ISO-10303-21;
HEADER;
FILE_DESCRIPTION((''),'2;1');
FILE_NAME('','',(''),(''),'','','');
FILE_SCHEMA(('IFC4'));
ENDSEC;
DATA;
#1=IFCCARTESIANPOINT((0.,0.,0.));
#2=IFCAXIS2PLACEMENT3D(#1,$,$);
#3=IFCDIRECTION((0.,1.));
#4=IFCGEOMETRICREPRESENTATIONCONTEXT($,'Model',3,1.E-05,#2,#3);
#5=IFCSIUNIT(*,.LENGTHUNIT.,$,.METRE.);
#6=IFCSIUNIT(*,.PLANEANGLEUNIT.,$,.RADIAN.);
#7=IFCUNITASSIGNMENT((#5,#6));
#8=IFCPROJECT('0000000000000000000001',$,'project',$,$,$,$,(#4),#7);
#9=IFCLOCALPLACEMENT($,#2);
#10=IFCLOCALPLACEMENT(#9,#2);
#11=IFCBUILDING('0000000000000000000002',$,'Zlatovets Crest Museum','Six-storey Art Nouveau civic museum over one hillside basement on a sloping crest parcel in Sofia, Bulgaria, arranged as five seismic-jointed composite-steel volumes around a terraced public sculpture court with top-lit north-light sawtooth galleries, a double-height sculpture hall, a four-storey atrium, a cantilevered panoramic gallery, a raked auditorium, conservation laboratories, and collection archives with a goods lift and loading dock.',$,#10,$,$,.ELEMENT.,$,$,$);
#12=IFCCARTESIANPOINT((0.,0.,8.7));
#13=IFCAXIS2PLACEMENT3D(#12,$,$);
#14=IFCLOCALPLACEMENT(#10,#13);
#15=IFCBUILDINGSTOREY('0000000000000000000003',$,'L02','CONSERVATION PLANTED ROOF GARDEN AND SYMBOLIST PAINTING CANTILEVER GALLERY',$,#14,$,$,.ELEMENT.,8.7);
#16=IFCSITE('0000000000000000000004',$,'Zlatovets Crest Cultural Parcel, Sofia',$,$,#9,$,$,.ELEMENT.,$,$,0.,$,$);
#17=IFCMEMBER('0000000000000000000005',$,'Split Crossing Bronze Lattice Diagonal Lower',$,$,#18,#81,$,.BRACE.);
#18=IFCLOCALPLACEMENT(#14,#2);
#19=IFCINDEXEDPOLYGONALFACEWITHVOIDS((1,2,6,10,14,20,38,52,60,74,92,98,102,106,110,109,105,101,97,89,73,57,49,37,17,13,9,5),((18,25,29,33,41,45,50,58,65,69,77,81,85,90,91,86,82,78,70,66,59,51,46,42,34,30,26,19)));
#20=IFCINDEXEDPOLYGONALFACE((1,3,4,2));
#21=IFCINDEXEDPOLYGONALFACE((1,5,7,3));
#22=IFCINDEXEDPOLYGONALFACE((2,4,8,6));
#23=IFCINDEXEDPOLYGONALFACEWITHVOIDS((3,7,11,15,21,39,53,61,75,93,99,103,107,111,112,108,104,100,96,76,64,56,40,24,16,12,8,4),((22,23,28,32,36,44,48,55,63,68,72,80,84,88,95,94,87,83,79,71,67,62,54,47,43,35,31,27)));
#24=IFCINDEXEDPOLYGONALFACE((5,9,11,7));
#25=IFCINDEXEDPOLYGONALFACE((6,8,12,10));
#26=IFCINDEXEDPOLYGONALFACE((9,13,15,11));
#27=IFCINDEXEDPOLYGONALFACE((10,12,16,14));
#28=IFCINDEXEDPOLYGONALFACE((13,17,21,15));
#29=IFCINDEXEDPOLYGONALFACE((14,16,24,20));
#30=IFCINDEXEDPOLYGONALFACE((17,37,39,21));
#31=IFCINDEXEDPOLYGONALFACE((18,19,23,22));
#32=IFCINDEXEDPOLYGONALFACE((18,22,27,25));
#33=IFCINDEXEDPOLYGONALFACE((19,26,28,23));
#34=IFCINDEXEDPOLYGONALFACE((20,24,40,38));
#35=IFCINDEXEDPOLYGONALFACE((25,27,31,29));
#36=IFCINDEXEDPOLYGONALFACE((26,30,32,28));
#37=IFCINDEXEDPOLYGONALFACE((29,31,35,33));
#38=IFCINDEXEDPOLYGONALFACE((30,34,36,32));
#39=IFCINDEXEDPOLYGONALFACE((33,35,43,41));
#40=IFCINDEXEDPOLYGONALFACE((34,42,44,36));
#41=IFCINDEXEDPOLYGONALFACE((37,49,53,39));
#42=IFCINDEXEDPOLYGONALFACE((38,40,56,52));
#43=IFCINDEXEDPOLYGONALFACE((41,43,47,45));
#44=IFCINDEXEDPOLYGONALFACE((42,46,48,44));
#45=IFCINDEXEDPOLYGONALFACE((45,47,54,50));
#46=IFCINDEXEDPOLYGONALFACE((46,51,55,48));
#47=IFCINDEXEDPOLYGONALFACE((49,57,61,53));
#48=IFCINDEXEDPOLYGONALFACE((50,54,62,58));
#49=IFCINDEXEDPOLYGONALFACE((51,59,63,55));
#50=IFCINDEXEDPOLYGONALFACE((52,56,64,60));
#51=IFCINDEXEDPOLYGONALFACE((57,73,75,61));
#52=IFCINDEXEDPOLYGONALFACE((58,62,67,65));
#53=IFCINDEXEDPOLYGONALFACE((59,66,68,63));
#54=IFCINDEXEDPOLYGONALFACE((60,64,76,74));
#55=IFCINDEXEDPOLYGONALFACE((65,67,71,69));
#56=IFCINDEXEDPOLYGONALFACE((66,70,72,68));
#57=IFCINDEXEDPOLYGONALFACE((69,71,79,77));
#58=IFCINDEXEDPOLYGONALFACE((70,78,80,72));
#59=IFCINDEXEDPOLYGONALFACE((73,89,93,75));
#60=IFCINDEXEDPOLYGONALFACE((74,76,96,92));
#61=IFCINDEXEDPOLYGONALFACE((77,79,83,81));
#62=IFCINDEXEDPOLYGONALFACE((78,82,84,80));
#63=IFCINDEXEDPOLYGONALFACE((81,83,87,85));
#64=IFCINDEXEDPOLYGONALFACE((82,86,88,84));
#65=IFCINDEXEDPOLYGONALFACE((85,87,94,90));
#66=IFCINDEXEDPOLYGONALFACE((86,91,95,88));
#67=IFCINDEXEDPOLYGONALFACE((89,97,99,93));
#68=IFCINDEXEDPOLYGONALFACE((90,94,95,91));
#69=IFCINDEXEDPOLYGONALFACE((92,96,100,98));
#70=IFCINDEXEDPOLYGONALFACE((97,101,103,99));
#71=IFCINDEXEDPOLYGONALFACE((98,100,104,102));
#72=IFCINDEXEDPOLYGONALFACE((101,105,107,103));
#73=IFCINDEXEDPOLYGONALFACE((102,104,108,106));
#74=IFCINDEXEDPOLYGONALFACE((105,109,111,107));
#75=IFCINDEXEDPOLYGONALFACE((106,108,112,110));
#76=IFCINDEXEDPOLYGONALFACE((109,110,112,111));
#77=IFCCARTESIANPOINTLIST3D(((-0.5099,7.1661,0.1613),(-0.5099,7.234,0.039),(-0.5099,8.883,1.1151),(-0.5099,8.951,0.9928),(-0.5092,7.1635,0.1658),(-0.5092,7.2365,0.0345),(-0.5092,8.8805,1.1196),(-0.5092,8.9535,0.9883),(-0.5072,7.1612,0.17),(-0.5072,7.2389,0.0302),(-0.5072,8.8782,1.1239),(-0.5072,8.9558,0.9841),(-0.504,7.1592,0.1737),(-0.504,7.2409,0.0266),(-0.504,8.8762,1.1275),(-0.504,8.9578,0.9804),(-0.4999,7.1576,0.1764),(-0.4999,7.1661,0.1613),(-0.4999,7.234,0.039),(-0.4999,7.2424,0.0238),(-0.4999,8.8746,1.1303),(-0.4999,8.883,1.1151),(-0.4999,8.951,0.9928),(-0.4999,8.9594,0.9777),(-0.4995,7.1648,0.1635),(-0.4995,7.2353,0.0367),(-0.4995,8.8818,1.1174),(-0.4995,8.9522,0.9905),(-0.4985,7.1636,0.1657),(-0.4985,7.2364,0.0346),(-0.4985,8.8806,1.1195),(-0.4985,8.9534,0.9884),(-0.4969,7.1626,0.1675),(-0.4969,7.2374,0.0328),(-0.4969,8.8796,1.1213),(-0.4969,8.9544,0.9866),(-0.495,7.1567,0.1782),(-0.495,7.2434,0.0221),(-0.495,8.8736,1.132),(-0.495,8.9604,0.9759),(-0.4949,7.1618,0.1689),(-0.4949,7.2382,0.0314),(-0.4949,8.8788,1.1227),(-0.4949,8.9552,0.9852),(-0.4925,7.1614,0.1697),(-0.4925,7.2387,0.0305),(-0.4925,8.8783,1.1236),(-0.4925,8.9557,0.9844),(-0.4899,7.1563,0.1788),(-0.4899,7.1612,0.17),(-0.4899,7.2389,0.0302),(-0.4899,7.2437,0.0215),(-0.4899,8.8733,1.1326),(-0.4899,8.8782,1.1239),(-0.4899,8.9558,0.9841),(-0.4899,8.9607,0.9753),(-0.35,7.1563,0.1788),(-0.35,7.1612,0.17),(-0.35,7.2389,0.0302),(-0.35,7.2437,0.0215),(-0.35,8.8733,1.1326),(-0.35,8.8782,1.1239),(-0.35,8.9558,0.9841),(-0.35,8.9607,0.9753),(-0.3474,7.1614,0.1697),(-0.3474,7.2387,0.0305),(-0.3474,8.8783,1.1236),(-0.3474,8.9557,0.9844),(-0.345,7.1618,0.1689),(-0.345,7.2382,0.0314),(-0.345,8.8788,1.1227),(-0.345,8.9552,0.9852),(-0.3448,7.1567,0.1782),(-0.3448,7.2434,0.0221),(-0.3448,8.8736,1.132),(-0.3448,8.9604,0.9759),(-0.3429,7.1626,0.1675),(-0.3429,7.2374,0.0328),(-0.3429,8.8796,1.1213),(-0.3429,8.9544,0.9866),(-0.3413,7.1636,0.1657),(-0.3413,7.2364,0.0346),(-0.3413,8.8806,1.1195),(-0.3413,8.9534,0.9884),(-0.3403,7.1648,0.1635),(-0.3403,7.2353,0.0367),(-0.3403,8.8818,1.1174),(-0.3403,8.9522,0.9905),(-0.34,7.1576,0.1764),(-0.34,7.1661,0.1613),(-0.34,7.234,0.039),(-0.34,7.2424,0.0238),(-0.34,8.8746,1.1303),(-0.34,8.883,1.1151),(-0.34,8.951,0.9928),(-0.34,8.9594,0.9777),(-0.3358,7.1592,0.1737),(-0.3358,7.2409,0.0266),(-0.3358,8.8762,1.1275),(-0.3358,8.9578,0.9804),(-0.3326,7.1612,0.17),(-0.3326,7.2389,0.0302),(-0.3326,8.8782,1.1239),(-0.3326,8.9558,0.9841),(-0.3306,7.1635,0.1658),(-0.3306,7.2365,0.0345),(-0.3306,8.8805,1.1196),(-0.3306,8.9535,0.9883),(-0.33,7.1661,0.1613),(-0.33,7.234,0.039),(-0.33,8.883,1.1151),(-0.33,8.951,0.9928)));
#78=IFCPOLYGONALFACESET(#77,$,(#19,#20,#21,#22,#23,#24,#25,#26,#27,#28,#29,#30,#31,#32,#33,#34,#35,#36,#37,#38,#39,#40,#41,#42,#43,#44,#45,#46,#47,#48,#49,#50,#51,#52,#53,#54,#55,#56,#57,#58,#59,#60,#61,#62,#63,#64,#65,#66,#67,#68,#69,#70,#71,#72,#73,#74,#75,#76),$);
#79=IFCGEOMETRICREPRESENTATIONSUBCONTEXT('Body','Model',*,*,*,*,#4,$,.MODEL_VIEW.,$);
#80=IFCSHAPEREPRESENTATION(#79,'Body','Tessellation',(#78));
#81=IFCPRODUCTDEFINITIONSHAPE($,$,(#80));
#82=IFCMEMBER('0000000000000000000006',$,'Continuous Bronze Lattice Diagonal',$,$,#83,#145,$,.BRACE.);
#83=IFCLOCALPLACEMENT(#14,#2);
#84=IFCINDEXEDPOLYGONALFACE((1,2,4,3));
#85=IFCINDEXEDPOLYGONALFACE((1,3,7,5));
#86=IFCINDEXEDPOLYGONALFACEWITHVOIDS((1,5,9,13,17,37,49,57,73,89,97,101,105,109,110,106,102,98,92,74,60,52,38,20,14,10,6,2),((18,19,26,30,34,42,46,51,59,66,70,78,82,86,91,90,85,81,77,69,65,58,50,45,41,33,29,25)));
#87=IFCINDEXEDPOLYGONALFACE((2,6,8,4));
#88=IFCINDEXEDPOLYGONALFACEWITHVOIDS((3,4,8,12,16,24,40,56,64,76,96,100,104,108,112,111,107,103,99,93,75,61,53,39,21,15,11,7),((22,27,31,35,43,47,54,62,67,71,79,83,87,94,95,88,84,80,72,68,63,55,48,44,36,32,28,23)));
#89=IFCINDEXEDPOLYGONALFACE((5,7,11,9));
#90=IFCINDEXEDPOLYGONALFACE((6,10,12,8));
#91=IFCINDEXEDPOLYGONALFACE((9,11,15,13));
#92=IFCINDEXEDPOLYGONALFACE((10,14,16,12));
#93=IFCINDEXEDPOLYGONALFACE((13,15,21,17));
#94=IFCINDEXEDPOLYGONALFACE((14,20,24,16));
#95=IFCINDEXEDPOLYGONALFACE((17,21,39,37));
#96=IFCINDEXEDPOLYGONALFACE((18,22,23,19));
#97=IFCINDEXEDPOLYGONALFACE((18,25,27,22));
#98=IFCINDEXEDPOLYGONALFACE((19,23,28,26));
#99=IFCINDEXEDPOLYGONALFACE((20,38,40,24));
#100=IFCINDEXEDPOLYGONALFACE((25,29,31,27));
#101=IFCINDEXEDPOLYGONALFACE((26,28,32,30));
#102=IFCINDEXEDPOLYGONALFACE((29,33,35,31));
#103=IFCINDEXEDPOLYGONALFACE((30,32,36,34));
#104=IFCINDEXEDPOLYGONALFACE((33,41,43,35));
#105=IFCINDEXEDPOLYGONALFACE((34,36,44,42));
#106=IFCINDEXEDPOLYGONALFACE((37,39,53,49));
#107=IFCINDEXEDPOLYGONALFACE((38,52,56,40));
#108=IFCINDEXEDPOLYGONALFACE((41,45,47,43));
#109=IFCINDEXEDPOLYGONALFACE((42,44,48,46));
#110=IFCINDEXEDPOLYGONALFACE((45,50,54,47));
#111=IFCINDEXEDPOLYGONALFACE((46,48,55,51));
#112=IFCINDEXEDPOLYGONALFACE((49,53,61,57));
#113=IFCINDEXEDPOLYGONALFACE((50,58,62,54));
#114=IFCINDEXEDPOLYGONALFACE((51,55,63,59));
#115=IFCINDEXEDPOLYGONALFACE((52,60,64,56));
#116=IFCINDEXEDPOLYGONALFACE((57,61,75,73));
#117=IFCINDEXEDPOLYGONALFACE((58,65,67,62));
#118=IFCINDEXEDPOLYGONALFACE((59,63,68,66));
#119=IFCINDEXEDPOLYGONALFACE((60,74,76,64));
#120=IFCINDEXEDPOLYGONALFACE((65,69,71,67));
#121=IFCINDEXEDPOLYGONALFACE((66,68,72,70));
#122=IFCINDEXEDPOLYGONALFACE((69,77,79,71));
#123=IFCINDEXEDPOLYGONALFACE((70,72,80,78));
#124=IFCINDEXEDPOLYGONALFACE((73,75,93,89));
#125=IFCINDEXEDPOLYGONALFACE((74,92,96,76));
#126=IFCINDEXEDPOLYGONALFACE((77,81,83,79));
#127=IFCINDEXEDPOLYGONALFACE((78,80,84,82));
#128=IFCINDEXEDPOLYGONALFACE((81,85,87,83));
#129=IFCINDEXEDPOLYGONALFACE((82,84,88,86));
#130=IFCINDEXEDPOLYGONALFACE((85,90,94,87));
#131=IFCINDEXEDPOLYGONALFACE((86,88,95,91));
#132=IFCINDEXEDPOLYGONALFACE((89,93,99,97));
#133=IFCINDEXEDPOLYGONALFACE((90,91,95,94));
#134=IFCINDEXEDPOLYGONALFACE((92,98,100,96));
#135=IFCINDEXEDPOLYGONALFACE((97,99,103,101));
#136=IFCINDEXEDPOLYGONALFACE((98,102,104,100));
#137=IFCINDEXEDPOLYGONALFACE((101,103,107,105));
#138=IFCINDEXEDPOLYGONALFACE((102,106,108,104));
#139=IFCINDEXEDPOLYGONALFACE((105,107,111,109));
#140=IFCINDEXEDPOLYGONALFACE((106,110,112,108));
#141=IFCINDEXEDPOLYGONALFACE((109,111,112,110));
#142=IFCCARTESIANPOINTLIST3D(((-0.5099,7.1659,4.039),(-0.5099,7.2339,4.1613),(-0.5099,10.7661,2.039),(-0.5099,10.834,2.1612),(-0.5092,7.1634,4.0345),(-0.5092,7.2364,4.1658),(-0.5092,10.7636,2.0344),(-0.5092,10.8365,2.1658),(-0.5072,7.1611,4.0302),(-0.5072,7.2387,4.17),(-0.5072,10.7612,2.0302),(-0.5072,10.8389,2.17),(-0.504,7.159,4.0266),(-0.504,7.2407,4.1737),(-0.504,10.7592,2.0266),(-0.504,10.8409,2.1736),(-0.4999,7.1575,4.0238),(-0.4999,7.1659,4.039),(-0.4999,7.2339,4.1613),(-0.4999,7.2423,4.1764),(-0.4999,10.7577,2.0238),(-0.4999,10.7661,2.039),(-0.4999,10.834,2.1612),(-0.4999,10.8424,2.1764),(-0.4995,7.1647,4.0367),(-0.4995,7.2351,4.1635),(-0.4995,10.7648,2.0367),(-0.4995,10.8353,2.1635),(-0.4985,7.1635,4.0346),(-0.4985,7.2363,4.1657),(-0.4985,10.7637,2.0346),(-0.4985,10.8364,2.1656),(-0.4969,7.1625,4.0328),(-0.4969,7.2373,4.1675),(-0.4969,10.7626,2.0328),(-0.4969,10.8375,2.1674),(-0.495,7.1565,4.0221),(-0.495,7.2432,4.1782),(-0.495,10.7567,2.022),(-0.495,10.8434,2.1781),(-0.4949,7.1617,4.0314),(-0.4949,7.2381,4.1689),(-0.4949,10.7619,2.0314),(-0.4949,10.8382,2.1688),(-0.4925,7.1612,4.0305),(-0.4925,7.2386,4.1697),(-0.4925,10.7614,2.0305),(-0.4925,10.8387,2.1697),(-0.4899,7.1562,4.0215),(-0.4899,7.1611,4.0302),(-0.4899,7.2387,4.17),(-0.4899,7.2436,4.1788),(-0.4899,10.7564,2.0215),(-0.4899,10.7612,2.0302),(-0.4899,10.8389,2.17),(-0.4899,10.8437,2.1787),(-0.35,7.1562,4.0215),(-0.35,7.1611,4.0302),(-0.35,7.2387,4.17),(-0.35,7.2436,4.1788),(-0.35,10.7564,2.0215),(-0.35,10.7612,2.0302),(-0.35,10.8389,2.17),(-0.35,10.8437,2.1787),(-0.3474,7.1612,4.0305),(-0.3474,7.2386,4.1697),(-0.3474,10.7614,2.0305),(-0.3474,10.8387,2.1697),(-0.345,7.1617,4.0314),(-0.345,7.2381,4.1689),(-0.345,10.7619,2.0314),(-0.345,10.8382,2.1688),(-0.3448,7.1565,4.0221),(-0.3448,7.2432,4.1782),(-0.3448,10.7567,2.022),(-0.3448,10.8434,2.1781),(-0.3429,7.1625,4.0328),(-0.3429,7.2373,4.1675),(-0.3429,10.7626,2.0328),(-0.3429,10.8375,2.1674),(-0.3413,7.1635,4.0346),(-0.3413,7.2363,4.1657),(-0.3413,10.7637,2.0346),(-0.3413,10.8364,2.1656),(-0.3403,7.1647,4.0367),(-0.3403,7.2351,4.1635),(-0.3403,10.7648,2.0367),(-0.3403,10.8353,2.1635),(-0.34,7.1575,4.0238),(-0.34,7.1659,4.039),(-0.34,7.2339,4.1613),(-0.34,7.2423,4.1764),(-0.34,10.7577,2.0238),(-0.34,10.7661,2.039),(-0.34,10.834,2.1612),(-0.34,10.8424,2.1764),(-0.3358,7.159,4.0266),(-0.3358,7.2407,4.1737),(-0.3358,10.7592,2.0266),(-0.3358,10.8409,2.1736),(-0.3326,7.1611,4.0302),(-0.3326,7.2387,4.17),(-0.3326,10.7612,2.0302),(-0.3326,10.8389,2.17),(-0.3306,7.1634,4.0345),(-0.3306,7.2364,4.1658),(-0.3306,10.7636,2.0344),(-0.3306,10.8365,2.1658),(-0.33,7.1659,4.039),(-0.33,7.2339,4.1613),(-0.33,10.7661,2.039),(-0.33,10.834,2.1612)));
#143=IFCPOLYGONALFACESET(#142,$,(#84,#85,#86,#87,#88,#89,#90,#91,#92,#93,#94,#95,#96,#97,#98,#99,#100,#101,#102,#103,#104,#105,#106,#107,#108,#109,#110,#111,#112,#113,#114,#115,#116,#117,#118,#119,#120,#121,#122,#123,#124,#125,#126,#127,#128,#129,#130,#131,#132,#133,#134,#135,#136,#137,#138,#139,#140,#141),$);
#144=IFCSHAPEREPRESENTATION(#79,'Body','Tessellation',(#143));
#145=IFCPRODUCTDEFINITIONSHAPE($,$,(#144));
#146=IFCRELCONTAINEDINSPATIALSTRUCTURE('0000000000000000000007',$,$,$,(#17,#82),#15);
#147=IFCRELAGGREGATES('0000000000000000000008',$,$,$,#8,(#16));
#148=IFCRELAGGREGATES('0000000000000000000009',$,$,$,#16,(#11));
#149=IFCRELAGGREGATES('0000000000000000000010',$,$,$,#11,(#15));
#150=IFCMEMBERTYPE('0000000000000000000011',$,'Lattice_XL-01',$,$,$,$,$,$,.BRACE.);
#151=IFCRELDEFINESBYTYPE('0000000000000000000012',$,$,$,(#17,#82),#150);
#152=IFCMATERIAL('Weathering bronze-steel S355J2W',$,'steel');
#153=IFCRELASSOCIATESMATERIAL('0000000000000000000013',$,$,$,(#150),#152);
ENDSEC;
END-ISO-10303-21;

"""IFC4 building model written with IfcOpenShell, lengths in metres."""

from ifc_helpers import new_model, si_unit, direction, frame, origin, origin_2d, place, context, subcontext, project, spatial, hollow_rectangle, extrude, material, material_profile, profile_set, type_object, element, save


model = new_model("IFC4")

# Units and contexts
model_context = context("Model", 3, precision=1e-05, world=origin(), true_north=direction((0.0, 1.0)))
body_context = subcontext(model_context, "Body", "Model", "MODEL_VIEW")
ifc_project = project(units=[si_unit("LENGTHUNIT", "METRE"), si_unit("PLANEANGLEUNIT", "RADIAN")], contexts=[model_context])

# Site, building, storey
site_placement = place(None, origin())
site = spatial("IfcSite", under=ifc_project, at=site_placement, Name="Zlatovets Crest Cultural Parcel, Sofia", CompositionType="ELEMENT", RefElevation=0.0)
building_placement = place(site_placement, origin())
building = spatial("IfcBuilding", under=site, at=building_placement, Name="Zlatovets Crest Museum", Description="Six-storey Art Nouveau civic museum over one hillside basement on a sloping crest parcel in Sofia, Bulgaria, arranged as five seismic-jointed composite-steel volumes around a terraced public sculpture court with top-lit north-light sawtooth galleries, a double-height sculpture hall, a four-storey atrium, a cantilevered panoramic gallery, a raked auditorium, conservation laboratories, and collection archives with a goods lift and loading dock.", CompositionType="ELEMENT")
storey_placement = place(building_placement, frame((0.0, 0.0, 8.7)))
storey = spatial("IfcBuildingStorey", under=building, at=storey_placement, Name="L02", Description="CONSERVATION PLANTED ROOF GARDEN AND SYMBOLIST PAINTING CANTILEVER GALLERY", CompositionType="ELEMENT", Elevation=8.7)

# Members
ifc_material_1 = material(Name="Weathering bronze-steel S355J2W", Category="steel")
ifc_material_profile_1 = material_profile(ifc_material_1, hollow_rectangle(XDim=0.1799, YDim=0.1799, WallThickness=0.01, InnerFilletRadius=0.01, OuterFilletRadius=0.02, at=origin_2d()), Name="SHS 180x180x10.0")
ifc_profile_set_1 = profile_set([ifc_material_profile_1], Name="Weathering bronze-steel S355J2W")
member_type_1 = type_object("IfcMemberType", Name="Lattice_XL-01", PredefinedType="BRACE", material=ifc_profile_set_1)
for number, where, z_axis, x_axis, name in (
    (1, (-0.4199, 8.917, 1.054), (0.0, -0.874169, -0.485622), (1.0, 0.0, 0.0), "Split Crossing Bronze Lattice Diagonal Lower"),
):
    element("IfcMember", number, at=place(storey_placement, frame(where, z_axis=z_axis, x_axis=x_axis)), inside=storey, type_object=member_type_1, Name=name, PredefinedType="BRACE", context=body_context, shape_type="SweptSolid", body=[
        extrude(hollow_rectangle(XDim=0.1799, YDim=0.1799, WallThickness=0.01, InnerFilletRadius=0.01, OuterFilletRadius=0.02, at=origin_2d()), origin(), (0.0, 0.0, 1.0), 1.9641),
    ])
member_1_placement = place(storey_placement, frame((-0.4199, 10.8, 2.1001), z_axis=(0.0, -0.874163, 0.485633), x_axis=(1.0, 0.0, 0.0)))
element("IfcMember", 2, at=member_1_placement, inside=storey, type_object=member_type_1, Name="Continuous Bronze Lattice Diagonal", PredefinedType="BRACE", context=body_context, shape_type="SweptSolid", body=[
    extrude(hollow_rectangle(XDim=0.1799, YDim=0.1799, WallThickness=0.01, InnerFilletRadius=0.01, OuterFilletRadius=0.02, at=origin_2d()), origin(), (0.0, 0.0, 1.0), 4.1184),
])

save(model, "model.ifc")
